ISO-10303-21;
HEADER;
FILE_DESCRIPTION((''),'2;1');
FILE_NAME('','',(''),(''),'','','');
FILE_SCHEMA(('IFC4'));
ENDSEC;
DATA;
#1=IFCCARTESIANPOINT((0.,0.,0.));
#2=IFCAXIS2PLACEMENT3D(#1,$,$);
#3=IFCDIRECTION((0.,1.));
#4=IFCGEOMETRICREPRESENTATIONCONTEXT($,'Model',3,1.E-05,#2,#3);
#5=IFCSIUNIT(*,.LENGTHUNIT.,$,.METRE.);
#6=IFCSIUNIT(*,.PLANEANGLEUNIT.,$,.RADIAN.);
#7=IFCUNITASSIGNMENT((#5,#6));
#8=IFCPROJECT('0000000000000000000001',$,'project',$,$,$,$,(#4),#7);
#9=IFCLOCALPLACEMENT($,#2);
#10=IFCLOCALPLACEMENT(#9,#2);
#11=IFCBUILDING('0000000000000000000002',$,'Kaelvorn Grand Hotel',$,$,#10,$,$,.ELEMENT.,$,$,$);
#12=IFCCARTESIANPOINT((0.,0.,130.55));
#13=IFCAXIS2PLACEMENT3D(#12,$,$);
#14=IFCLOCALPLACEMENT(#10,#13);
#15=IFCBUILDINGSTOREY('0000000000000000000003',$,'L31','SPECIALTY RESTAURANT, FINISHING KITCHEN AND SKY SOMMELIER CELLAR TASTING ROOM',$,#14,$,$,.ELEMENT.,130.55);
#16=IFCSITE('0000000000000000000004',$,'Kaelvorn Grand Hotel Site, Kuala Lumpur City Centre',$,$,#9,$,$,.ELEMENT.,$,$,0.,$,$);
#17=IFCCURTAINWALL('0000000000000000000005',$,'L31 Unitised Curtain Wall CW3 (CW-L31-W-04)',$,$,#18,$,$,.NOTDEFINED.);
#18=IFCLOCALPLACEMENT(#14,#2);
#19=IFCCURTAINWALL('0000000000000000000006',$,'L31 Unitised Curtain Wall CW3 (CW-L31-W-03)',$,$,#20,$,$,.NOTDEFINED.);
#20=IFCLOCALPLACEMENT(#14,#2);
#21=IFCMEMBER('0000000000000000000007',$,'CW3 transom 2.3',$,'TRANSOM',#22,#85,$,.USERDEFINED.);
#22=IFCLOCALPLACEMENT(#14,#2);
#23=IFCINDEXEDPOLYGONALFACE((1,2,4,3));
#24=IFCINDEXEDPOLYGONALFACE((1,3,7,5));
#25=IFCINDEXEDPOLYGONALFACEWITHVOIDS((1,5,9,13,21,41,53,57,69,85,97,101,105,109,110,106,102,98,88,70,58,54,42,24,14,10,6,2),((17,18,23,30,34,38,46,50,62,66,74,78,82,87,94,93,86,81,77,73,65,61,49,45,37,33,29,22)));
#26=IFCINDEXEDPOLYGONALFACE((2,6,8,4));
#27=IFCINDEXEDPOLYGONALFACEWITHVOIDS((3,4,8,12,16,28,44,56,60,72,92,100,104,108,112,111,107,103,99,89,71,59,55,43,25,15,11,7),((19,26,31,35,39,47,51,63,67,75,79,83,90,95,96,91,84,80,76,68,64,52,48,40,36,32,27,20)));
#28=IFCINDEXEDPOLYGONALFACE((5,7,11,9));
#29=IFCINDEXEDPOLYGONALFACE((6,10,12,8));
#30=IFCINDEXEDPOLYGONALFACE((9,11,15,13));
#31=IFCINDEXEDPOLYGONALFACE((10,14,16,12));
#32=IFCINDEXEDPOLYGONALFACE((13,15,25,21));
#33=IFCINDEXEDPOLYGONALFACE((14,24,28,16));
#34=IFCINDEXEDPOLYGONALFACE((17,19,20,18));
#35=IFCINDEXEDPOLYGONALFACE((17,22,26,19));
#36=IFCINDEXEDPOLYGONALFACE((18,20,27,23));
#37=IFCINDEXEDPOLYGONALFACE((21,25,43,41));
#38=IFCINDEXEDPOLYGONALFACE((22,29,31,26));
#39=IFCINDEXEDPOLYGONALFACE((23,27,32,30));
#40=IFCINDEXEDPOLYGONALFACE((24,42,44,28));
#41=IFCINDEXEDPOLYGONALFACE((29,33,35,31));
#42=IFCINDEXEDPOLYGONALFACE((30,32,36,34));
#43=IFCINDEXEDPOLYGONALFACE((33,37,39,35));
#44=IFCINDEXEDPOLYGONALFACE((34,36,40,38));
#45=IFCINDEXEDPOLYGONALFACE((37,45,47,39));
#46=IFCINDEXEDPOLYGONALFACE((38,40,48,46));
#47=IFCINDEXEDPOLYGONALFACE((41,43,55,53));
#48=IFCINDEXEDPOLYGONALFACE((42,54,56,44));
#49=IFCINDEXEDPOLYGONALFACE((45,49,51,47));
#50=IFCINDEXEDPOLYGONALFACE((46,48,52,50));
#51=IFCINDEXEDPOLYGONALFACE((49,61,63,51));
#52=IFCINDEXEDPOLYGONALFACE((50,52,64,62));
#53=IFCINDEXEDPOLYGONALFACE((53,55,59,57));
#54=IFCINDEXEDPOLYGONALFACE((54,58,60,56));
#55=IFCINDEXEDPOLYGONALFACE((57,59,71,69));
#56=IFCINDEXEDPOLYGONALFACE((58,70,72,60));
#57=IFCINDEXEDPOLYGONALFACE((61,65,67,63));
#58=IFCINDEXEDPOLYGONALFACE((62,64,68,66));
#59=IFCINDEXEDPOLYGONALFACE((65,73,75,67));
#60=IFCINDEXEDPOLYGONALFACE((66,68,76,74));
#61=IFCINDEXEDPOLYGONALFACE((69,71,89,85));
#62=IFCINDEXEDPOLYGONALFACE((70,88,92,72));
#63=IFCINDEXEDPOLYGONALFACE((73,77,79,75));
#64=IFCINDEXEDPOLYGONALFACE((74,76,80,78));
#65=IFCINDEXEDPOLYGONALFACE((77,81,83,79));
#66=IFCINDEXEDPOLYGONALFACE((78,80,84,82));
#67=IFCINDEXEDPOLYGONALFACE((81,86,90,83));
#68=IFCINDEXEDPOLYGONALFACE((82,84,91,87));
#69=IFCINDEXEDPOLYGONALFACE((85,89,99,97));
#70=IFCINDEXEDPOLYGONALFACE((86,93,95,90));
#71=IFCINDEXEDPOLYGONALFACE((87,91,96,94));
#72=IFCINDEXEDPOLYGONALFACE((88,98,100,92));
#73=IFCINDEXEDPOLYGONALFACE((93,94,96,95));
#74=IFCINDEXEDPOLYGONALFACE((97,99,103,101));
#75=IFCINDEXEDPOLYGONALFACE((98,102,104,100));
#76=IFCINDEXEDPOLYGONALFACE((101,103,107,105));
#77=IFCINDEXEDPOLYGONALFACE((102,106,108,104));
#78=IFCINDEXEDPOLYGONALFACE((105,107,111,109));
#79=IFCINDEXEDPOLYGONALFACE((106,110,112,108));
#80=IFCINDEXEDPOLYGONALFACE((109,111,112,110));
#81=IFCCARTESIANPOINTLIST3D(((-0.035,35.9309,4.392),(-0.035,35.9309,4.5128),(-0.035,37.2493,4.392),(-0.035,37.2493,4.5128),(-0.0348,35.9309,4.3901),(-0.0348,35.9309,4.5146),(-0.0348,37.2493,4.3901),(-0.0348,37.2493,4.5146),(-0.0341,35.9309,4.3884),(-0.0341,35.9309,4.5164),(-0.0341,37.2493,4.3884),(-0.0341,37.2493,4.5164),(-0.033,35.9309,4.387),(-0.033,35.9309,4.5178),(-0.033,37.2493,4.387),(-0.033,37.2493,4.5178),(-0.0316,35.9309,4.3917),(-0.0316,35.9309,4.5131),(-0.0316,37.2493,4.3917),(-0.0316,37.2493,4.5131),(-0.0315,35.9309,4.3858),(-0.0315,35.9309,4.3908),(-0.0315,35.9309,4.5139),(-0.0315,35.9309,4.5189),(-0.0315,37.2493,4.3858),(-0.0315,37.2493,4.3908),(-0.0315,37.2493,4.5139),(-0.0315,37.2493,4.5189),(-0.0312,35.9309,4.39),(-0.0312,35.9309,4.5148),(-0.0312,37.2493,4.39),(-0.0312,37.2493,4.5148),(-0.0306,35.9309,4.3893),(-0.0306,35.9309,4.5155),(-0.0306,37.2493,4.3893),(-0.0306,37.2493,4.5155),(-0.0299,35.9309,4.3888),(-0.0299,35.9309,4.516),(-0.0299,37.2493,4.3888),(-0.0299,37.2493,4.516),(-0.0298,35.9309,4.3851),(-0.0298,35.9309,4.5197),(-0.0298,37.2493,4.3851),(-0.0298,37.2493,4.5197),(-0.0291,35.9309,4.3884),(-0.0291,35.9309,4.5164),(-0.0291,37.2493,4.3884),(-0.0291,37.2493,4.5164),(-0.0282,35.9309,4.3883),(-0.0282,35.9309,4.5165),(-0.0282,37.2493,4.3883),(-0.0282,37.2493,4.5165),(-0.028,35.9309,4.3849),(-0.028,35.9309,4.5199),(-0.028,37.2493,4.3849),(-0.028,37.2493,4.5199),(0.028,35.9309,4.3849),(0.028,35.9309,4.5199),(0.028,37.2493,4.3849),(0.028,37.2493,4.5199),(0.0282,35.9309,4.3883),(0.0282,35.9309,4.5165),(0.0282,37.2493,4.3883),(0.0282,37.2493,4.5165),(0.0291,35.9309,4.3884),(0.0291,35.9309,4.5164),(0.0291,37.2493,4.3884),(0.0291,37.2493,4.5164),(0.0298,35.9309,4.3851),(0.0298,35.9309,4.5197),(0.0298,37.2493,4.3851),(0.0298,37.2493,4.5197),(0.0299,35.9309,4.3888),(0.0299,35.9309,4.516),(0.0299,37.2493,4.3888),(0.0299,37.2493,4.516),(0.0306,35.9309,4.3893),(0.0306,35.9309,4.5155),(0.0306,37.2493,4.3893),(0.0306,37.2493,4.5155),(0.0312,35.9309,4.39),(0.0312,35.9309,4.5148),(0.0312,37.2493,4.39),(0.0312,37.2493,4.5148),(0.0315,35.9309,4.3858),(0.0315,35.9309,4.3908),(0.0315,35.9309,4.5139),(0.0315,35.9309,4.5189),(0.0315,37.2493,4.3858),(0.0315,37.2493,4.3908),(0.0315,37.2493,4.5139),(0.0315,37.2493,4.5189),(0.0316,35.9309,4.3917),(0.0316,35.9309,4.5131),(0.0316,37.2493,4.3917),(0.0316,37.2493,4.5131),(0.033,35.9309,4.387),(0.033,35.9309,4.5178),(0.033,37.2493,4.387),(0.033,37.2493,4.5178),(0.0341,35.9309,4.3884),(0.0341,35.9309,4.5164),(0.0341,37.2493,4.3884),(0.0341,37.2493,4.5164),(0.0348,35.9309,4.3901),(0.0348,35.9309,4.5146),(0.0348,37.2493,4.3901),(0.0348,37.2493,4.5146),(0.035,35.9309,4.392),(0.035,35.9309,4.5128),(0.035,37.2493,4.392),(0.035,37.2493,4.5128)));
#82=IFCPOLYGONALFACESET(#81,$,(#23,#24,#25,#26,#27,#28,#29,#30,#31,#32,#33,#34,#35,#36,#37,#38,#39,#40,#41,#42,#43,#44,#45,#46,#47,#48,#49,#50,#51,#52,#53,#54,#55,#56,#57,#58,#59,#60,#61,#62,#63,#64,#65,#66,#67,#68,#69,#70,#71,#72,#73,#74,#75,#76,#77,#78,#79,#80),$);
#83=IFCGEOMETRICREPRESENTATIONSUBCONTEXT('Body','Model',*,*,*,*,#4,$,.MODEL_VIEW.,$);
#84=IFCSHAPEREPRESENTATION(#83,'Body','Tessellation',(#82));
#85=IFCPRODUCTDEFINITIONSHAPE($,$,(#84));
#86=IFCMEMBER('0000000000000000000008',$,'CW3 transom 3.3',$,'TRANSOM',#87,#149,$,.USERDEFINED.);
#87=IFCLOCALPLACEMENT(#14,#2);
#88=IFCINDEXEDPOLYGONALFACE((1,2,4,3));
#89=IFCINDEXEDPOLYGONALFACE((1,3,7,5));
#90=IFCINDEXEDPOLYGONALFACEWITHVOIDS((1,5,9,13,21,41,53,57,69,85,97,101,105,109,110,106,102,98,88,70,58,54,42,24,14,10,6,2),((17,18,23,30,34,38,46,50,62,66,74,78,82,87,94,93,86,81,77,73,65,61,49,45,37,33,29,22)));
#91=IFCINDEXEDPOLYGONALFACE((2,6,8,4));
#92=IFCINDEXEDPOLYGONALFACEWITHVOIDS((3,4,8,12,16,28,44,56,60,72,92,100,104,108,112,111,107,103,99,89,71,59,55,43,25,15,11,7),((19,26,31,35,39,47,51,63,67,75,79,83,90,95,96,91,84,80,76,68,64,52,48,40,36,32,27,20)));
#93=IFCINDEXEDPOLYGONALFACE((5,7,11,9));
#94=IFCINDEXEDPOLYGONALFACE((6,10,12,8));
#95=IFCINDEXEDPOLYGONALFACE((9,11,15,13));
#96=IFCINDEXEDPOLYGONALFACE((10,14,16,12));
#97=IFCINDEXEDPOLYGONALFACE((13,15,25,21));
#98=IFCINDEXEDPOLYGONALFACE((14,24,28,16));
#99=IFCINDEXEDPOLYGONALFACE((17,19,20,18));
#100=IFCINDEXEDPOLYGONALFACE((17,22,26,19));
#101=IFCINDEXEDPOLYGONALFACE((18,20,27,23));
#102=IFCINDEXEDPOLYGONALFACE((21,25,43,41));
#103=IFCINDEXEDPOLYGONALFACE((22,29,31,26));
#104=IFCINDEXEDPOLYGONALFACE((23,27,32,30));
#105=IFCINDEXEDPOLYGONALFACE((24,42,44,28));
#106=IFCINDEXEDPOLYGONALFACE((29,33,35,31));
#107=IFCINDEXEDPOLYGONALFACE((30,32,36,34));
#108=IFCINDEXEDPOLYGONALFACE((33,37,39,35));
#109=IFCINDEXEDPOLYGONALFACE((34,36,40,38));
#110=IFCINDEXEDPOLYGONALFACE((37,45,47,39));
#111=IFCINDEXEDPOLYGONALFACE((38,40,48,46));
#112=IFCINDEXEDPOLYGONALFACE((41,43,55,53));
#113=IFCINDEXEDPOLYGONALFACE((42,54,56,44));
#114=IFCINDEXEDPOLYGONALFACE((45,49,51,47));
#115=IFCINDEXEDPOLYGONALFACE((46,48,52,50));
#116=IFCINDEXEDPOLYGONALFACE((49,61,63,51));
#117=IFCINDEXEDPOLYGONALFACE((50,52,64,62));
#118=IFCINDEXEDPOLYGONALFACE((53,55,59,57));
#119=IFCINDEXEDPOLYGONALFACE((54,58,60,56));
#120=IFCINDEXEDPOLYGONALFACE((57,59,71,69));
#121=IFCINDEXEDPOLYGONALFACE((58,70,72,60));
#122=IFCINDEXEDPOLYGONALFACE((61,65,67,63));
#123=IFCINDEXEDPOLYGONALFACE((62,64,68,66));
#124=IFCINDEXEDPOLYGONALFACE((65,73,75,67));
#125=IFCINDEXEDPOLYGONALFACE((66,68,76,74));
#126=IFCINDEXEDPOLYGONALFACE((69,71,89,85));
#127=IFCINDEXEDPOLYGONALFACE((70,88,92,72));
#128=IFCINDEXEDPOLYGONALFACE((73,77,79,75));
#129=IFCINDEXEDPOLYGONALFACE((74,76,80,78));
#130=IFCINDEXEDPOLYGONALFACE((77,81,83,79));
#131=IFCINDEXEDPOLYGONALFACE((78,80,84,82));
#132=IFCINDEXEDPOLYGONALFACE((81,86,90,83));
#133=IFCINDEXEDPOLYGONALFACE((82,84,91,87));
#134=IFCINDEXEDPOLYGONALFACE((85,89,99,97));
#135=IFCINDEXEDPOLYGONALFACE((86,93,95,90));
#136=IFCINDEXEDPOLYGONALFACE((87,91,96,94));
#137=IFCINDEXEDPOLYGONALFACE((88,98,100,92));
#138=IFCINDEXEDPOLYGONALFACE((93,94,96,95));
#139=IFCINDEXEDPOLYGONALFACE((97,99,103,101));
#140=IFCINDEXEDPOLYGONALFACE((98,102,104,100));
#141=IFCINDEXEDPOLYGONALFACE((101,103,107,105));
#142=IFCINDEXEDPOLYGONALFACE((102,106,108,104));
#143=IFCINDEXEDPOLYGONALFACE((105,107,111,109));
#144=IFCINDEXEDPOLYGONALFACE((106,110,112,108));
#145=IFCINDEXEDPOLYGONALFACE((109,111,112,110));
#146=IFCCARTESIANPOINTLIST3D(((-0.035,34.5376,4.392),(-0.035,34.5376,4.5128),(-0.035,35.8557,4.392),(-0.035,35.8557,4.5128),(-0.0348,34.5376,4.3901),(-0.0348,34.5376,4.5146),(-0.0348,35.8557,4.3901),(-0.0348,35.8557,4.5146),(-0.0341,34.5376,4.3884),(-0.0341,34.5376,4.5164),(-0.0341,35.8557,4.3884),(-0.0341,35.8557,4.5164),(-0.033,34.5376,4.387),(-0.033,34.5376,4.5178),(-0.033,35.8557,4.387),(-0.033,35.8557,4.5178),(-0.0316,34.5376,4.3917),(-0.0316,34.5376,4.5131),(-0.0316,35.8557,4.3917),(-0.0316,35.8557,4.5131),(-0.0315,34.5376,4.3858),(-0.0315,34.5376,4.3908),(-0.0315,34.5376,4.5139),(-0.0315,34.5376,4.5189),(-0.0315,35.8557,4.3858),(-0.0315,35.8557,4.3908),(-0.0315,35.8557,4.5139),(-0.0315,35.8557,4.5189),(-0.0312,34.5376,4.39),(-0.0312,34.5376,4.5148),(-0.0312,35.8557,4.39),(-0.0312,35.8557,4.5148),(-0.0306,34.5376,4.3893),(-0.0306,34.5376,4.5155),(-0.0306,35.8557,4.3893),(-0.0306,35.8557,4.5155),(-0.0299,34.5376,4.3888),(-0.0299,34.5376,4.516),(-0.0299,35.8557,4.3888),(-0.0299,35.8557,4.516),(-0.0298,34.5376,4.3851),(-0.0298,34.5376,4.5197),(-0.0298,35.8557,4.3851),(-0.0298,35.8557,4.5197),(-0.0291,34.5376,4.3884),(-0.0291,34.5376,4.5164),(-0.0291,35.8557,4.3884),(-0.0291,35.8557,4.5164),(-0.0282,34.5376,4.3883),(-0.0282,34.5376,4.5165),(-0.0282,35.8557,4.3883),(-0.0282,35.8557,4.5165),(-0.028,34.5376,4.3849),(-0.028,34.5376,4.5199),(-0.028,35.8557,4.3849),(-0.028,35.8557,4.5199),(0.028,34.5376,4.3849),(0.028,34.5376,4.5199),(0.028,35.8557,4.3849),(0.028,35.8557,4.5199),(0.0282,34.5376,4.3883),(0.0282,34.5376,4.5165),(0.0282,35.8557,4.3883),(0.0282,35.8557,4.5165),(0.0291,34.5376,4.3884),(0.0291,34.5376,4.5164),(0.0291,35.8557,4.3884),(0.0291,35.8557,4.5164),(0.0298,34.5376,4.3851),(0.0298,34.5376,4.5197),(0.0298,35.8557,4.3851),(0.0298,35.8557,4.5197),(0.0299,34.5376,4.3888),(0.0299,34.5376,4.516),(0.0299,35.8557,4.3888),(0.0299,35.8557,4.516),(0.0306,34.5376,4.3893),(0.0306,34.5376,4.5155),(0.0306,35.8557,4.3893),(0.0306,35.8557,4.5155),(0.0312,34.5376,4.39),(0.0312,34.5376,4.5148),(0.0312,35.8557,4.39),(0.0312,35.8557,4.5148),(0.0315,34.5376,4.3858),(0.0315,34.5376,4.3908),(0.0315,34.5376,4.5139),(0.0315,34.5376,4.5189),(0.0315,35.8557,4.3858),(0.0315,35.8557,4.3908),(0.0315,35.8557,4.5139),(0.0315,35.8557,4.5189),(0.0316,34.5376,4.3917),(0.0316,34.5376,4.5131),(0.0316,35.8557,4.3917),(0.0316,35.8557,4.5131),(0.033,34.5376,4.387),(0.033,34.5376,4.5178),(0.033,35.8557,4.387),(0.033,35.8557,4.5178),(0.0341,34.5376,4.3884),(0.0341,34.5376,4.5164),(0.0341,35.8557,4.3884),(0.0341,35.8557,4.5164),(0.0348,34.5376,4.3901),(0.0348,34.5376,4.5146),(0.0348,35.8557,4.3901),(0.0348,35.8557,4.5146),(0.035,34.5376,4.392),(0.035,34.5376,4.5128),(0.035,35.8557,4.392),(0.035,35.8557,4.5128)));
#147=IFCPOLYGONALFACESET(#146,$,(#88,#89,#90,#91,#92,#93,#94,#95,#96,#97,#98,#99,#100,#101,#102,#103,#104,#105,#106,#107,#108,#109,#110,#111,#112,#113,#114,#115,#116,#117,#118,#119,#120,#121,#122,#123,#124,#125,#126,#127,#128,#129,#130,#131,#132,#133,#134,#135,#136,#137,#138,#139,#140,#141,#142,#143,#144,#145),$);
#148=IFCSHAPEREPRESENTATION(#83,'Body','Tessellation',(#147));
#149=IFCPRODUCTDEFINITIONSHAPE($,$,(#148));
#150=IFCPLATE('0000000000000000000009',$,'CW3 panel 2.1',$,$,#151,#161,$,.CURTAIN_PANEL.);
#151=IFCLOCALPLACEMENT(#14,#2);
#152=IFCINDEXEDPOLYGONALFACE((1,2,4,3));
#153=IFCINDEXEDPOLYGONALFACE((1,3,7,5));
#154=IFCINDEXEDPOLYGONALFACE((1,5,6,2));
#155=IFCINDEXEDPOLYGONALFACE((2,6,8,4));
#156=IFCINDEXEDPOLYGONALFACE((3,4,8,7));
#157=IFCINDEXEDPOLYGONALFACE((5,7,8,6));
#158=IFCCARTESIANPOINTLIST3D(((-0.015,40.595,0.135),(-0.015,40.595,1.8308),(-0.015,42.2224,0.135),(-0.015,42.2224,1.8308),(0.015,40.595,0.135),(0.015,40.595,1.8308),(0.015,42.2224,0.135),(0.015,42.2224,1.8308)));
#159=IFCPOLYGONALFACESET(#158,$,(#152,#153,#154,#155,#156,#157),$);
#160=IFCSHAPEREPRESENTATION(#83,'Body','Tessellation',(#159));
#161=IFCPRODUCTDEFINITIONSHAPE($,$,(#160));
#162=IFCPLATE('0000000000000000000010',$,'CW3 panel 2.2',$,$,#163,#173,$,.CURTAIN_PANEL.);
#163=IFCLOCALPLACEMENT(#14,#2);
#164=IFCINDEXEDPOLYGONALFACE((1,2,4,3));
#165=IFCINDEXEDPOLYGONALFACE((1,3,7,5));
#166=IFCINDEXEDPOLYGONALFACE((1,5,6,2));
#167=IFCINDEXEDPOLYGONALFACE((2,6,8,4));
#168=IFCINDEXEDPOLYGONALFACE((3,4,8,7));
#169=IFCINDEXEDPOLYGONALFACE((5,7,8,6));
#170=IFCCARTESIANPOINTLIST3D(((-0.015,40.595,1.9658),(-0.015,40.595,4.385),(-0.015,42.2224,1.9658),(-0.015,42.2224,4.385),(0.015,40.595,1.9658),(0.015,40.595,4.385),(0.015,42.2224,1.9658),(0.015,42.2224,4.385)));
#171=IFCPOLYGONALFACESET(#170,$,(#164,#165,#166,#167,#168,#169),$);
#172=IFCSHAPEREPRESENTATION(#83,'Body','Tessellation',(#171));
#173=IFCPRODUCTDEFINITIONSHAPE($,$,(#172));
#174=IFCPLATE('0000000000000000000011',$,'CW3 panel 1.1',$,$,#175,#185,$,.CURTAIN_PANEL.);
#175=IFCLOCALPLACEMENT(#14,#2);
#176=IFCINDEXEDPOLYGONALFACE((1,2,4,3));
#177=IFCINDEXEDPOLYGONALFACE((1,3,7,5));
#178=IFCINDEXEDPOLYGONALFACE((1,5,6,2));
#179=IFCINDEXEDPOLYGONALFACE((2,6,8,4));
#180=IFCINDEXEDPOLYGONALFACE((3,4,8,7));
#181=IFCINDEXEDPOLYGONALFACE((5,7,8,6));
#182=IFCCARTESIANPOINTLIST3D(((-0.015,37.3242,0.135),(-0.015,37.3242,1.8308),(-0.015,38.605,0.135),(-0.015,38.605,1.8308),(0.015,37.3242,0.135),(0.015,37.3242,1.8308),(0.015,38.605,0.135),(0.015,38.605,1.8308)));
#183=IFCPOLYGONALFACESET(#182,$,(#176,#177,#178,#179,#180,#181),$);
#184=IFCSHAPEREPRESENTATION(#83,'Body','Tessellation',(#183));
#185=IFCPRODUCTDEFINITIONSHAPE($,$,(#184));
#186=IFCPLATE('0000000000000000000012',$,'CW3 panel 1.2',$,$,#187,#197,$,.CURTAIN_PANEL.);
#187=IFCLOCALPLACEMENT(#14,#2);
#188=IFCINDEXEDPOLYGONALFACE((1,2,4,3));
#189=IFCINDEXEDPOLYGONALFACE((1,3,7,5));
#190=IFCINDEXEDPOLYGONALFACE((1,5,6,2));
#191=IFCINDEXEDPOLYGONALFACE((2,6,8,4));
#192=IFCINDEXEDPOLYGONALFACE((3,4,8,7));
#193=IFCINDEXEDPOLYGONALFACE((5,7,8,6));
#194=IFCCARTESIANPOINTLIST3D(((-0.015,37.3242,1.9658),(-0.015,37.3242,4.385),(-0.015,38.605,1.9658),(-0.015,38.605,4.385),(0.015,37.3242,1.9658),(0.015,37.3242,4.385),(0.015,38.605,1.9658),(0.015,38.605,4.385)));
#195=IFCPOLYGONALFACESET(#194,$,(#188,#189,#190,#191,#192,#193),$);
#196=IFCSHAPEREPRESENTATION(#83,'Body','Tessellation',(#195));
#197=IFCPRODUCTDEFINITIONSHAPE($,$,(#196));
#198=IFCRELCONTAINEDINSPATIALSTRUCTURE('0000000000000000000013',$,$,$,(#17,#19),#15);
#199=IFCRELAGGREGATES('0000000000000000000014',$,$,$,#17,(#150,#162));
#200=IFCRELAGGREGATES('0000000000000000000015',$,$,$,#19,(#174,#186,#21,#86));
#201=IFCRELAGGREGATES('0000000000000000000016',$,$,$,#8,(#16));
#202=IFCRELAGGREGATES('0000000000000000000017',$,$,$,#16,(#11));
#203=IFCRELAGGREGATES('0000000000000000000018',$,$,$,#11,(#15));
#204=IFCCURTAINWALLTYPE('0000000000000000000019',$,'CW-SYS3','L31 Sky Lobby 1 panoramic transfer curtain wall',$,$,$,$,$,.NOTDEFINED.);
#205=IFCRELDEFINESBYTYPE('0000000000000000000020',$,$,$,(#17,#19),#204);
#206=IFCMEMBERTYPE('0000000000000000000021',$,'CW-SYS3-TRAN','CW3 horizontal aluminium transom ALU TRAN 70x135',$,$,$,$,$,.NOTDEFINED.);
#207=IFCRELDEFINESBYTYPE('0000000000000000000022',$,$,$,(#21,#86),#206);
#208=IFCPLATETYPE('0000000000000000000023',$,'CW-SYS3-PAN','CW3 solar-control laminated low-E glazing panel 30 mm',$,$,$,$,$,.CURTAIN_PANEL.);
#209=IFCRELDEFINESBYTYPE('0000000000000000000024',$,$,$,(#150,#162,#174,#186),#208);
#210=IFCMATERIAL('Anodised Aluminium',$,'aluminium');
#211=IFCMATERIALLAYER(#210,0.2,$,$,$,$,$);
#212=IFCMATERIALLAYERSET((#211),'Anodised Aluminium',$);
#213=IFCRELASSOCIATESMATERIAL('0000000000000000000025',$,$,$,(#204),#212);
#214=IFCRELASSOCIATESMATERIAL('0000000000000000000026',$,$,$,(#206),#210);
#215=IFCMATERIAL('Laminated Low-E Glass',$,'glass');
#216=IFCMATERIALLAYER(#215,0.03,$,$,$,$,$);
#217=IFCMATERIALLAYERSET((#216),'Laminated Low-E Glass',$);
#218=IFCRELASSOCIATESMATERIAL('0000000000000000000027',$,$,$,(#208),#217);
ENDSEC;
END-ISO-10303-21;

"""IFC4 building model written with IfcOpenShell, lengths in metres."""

from ifc_helpers import new_model, si_unit, direction, frame, origin, origin_2d, place, context, subcontext, project, spatial, rectangle, hollow_rectangle, extrude, material, layer, layer_set, material_profile, profile_set, type_object, element, aggregate, save


model = new_model("IFC4")

# Units and contexts
model_context = context("Model", 3, precision=1e-05, world=origin(), true_north=direction((0.0, 1.0)))
body_context = subcontext(model_context, "Body", "Model", "MODEL_VIEW")
ifc_project = project(units=[si_unit("LENGTHUNIT", "METRE"), si_unit("PLANEANGLEUNIT", "RADIAN")], contexts=[model_context])

# Site, building, storey
site_placement = place(None, origin())
site = spatial("IfcSite", under=ifc_project, at=site_placement, Name="Kaelvorn Grand Hotel Site, Kuala Lumpur City Centre", CompositionType="ELEMENT", RefElevation=0.0)
building_placement = place(site_placement, origin())
building = spatial("IfcBuilding", under=site, at=building_placement, Name="Kaelvorn Grand Hotel", CompositionType="ELEMENT")
storey_placement = place(building_placement, frame((0.0, 0.0, 130.55)))
storey = spatial("IfcBuildingStorey", under=building, at=storey_placement, Name="L31", Description="SPECIALTY RESTAURANT, FINISHING KITCHEN AND SKY SOMMELIER CELLAR TASTING ROOM", CompositionType="ELEMENT", Elevation=130.55)

# Curtain wall
ifc_material_1 = material(Name="Anodised Aluminium", Category="aluminium")
ifc_layer_1 = layer(ifc_material_1, 0.2)
ifc_layer_set_1 = layer_set([ifc_layer_1], Name="Anodised Aluminium")
curtain_wall_type = type_object("IfcCurtainWallType", Name="CW-SYS3", Description="L31 Sky Lobby 1 panoramic transfer curtain wall", PredefinedType="NOTDEFINED", material=ifc_layer_set_1)
curtain_wall_1_placement = place(storey_placement, origin())
curtain_wall_1 = element("IfcCurtainWall", 1, at=curtain_wall_1_placement, inside=storey, type_object=curtain_wall_type, Name="L31 Unitised Curtain Wall CW3 (CW-L31-W-04)", PredefinedType="NOTDEFINED")

# Curtain wall
curtain_wall_2_placement = place(storey_placement, origin())
curtain_wall_2 = element("IfcCurtainWall", 2, at=curtain_wall_2_placement, inside=storey, type_object=curtain_wall_type, Name="L31 Unitised Curtain Wall CW3 (CW-L31-W-03)", PredefinedType="NOTDEFINED")

# Members
ifc_material_profile_1 = material_profile(ifc_material_1, hollow_rectangle(XDim=0.0701, YDim=0.135, WallThickness=0.0034, InnerFilletRadius=0.0034, OuterFilletRadius=0.0071, at=origin_2d()), Name="ALU TRAN 70x135")
ifc_profile_set_1 = profile_set([ifc_material_profile_1], Name="Anodised Aluminium")
member_type_1 = type_object("IfcMemberType", Name="CW-SYS3-TRAN", Description="CW3 horizontal aluminium transom ALU TRAN 70x135", PredefinedType="NOTDEFINED", material=ifc_profile_set_1)
member_1_placement = place(storey_placement, frame((0.0, 37.2493, 4.4524), z_axis=(0.0, -1.0, 0.0), x_axis=(1.0, 0.0, 0.0)))
member_1 = element("IfcMember", 3, at=member_1_placement, type_object=member_type_1, Name="CW3 transom 2.3", ObjectType="TRANSOM", PredefinedType="USERDEFINED", context=body_context, shape_type="SweptSolid", body=[
    extrude(hollow_rectangle(XDim=0.0701, YDim=0.135, WallThickness=0.0034, InnerFilletRadius=0.0034, OuterFilletRadius=0.0071, at=origin_2d()), origin(), (0.0, 0.0, 1.0), 1.3184),
])
member_2_placement = place(storey_placement, frame((0.0, 35.8557, 4.4524), z_axis=(0.0, -1.0, 0.0), x_axis=(1.0, 0.0, 0.0)))
member_2 = element("IfcMember", 4, at=member_2_placement, type_object=member_type_1, Name="CW3 transom 3.3", ObjectType="TRANSOM", PredefinedType="USERDEFINED", context=body_context, shape_type="SweptSolid", body=[
    extrude(hollow_rectangle(XDim=0.0701, YDim=0.135, WallThickness=0.0034, InnerFilletRadius=0.0034, OuterFilletRadius=0.0071, at=origin_2d()), origin(), (0.0, 0.0, 1.0), 1.3181),
])

# Plates
ifc_material_2 = material(Name="Laminated Low-E Glass", Category="glass")
ifc_layer_2 = layer(ifc_material_2, 0.03)
ifc_layer_set_2 = layer_set([ifc_layer_2], Name="Laminated Low-E Glass")
plate_type = type_object("IfcPlateType", Name="CW-SYS3-PAN", Description="CW3 solar-control laminated low-E glazing panel 30 mm", PredefinedType="CURTAIN_PANEL", material=ifc_layer_set_2)
plate_1_placement = place(storey_placement, frame((0.0, 41.4087, 0.135), z_axis=(0.0, 0.0, 1.0), x_axis=(0.0, -1.0, 0.0)))
plate_1 = element("IfcPlate", 5, at=plate_1_placement, type_object=plate_type, Name="CW3 panel 2.1", PredefinedType="CURTAIN_PANEL", context=body_context, shape_type="SweptSolid", body=[
    extrude(rectangle(XDim=1.6274, YDim=0.03, at=origin_2d()), origin(), (0.0, 0.0, 1.0), 1.6958),
])
plate_2_placement = place(storey_placement, frame((0.0, 41.4087, 1.9658), z_axis=(0.0, 0.0, 1.0), x_axis=(0.0, -1.0, 0.0)))
plate_2 = element("IfcPlate", 6, at=plate_2_placement, type_object=plate_type, Name="CW3 panel 2.2", PredefinedType="CURTAIN_PANEL", context=body_context, shape_type="SweptSolid", body=[
    extrude(rectangle(XDim=1.6274, YDim=0.03, at=origin_2d()), origin(), (0.0, 0.0, 1.0), 2.4192),
])
aggregate(curtain_wall_1, [plate_1, plate_2])
plate_3_placement = place(storey_placement, frame((0.0, 37.9646, 0.135), z_axis=(0.0, 0.0, 1.0), x_axis=(0.0, -1.0, 0.0)))
plate_3 = element("IfcPlate", 7, at=plate_3_placement, type_object=plate_type, Name="CW3 panel 1.1", PredefinedType="CURTAIN_PANEL", context=body_context, shape_type="SweptSolid", body=[
    extrude(rectangle(XDim=1.2808, YDim=0.03, at=origin_2d()), origin(), (0.0, 0.0, 1.0), 1.6958),
])
plate_4_placement = place(storey_placement, frame((0.0, 37.9646, 1.9658), z_axis=(0.0, 0.0, 1.0), x_axis=(0.0, -1.0, 0.0)))
plate_4 = element("IfcPlate", 8, at=plate_4_placement, type_object=plate_type, Name="CW3 panel 1.2", PredefinedType="CURTAIN_PANEL", context=body_context, shape_type="SweptSolid", body=[
    extrude(rectangle(XDim=1.2808, YDim=0.03, at=origin_2d()), origin(), (0.0, 0.0, 1.0), 2.4192),
])
aggregate(curtain_wall_2, [plate_3, plate_4, member_1, member_2])

save(model, "model.ifc")
